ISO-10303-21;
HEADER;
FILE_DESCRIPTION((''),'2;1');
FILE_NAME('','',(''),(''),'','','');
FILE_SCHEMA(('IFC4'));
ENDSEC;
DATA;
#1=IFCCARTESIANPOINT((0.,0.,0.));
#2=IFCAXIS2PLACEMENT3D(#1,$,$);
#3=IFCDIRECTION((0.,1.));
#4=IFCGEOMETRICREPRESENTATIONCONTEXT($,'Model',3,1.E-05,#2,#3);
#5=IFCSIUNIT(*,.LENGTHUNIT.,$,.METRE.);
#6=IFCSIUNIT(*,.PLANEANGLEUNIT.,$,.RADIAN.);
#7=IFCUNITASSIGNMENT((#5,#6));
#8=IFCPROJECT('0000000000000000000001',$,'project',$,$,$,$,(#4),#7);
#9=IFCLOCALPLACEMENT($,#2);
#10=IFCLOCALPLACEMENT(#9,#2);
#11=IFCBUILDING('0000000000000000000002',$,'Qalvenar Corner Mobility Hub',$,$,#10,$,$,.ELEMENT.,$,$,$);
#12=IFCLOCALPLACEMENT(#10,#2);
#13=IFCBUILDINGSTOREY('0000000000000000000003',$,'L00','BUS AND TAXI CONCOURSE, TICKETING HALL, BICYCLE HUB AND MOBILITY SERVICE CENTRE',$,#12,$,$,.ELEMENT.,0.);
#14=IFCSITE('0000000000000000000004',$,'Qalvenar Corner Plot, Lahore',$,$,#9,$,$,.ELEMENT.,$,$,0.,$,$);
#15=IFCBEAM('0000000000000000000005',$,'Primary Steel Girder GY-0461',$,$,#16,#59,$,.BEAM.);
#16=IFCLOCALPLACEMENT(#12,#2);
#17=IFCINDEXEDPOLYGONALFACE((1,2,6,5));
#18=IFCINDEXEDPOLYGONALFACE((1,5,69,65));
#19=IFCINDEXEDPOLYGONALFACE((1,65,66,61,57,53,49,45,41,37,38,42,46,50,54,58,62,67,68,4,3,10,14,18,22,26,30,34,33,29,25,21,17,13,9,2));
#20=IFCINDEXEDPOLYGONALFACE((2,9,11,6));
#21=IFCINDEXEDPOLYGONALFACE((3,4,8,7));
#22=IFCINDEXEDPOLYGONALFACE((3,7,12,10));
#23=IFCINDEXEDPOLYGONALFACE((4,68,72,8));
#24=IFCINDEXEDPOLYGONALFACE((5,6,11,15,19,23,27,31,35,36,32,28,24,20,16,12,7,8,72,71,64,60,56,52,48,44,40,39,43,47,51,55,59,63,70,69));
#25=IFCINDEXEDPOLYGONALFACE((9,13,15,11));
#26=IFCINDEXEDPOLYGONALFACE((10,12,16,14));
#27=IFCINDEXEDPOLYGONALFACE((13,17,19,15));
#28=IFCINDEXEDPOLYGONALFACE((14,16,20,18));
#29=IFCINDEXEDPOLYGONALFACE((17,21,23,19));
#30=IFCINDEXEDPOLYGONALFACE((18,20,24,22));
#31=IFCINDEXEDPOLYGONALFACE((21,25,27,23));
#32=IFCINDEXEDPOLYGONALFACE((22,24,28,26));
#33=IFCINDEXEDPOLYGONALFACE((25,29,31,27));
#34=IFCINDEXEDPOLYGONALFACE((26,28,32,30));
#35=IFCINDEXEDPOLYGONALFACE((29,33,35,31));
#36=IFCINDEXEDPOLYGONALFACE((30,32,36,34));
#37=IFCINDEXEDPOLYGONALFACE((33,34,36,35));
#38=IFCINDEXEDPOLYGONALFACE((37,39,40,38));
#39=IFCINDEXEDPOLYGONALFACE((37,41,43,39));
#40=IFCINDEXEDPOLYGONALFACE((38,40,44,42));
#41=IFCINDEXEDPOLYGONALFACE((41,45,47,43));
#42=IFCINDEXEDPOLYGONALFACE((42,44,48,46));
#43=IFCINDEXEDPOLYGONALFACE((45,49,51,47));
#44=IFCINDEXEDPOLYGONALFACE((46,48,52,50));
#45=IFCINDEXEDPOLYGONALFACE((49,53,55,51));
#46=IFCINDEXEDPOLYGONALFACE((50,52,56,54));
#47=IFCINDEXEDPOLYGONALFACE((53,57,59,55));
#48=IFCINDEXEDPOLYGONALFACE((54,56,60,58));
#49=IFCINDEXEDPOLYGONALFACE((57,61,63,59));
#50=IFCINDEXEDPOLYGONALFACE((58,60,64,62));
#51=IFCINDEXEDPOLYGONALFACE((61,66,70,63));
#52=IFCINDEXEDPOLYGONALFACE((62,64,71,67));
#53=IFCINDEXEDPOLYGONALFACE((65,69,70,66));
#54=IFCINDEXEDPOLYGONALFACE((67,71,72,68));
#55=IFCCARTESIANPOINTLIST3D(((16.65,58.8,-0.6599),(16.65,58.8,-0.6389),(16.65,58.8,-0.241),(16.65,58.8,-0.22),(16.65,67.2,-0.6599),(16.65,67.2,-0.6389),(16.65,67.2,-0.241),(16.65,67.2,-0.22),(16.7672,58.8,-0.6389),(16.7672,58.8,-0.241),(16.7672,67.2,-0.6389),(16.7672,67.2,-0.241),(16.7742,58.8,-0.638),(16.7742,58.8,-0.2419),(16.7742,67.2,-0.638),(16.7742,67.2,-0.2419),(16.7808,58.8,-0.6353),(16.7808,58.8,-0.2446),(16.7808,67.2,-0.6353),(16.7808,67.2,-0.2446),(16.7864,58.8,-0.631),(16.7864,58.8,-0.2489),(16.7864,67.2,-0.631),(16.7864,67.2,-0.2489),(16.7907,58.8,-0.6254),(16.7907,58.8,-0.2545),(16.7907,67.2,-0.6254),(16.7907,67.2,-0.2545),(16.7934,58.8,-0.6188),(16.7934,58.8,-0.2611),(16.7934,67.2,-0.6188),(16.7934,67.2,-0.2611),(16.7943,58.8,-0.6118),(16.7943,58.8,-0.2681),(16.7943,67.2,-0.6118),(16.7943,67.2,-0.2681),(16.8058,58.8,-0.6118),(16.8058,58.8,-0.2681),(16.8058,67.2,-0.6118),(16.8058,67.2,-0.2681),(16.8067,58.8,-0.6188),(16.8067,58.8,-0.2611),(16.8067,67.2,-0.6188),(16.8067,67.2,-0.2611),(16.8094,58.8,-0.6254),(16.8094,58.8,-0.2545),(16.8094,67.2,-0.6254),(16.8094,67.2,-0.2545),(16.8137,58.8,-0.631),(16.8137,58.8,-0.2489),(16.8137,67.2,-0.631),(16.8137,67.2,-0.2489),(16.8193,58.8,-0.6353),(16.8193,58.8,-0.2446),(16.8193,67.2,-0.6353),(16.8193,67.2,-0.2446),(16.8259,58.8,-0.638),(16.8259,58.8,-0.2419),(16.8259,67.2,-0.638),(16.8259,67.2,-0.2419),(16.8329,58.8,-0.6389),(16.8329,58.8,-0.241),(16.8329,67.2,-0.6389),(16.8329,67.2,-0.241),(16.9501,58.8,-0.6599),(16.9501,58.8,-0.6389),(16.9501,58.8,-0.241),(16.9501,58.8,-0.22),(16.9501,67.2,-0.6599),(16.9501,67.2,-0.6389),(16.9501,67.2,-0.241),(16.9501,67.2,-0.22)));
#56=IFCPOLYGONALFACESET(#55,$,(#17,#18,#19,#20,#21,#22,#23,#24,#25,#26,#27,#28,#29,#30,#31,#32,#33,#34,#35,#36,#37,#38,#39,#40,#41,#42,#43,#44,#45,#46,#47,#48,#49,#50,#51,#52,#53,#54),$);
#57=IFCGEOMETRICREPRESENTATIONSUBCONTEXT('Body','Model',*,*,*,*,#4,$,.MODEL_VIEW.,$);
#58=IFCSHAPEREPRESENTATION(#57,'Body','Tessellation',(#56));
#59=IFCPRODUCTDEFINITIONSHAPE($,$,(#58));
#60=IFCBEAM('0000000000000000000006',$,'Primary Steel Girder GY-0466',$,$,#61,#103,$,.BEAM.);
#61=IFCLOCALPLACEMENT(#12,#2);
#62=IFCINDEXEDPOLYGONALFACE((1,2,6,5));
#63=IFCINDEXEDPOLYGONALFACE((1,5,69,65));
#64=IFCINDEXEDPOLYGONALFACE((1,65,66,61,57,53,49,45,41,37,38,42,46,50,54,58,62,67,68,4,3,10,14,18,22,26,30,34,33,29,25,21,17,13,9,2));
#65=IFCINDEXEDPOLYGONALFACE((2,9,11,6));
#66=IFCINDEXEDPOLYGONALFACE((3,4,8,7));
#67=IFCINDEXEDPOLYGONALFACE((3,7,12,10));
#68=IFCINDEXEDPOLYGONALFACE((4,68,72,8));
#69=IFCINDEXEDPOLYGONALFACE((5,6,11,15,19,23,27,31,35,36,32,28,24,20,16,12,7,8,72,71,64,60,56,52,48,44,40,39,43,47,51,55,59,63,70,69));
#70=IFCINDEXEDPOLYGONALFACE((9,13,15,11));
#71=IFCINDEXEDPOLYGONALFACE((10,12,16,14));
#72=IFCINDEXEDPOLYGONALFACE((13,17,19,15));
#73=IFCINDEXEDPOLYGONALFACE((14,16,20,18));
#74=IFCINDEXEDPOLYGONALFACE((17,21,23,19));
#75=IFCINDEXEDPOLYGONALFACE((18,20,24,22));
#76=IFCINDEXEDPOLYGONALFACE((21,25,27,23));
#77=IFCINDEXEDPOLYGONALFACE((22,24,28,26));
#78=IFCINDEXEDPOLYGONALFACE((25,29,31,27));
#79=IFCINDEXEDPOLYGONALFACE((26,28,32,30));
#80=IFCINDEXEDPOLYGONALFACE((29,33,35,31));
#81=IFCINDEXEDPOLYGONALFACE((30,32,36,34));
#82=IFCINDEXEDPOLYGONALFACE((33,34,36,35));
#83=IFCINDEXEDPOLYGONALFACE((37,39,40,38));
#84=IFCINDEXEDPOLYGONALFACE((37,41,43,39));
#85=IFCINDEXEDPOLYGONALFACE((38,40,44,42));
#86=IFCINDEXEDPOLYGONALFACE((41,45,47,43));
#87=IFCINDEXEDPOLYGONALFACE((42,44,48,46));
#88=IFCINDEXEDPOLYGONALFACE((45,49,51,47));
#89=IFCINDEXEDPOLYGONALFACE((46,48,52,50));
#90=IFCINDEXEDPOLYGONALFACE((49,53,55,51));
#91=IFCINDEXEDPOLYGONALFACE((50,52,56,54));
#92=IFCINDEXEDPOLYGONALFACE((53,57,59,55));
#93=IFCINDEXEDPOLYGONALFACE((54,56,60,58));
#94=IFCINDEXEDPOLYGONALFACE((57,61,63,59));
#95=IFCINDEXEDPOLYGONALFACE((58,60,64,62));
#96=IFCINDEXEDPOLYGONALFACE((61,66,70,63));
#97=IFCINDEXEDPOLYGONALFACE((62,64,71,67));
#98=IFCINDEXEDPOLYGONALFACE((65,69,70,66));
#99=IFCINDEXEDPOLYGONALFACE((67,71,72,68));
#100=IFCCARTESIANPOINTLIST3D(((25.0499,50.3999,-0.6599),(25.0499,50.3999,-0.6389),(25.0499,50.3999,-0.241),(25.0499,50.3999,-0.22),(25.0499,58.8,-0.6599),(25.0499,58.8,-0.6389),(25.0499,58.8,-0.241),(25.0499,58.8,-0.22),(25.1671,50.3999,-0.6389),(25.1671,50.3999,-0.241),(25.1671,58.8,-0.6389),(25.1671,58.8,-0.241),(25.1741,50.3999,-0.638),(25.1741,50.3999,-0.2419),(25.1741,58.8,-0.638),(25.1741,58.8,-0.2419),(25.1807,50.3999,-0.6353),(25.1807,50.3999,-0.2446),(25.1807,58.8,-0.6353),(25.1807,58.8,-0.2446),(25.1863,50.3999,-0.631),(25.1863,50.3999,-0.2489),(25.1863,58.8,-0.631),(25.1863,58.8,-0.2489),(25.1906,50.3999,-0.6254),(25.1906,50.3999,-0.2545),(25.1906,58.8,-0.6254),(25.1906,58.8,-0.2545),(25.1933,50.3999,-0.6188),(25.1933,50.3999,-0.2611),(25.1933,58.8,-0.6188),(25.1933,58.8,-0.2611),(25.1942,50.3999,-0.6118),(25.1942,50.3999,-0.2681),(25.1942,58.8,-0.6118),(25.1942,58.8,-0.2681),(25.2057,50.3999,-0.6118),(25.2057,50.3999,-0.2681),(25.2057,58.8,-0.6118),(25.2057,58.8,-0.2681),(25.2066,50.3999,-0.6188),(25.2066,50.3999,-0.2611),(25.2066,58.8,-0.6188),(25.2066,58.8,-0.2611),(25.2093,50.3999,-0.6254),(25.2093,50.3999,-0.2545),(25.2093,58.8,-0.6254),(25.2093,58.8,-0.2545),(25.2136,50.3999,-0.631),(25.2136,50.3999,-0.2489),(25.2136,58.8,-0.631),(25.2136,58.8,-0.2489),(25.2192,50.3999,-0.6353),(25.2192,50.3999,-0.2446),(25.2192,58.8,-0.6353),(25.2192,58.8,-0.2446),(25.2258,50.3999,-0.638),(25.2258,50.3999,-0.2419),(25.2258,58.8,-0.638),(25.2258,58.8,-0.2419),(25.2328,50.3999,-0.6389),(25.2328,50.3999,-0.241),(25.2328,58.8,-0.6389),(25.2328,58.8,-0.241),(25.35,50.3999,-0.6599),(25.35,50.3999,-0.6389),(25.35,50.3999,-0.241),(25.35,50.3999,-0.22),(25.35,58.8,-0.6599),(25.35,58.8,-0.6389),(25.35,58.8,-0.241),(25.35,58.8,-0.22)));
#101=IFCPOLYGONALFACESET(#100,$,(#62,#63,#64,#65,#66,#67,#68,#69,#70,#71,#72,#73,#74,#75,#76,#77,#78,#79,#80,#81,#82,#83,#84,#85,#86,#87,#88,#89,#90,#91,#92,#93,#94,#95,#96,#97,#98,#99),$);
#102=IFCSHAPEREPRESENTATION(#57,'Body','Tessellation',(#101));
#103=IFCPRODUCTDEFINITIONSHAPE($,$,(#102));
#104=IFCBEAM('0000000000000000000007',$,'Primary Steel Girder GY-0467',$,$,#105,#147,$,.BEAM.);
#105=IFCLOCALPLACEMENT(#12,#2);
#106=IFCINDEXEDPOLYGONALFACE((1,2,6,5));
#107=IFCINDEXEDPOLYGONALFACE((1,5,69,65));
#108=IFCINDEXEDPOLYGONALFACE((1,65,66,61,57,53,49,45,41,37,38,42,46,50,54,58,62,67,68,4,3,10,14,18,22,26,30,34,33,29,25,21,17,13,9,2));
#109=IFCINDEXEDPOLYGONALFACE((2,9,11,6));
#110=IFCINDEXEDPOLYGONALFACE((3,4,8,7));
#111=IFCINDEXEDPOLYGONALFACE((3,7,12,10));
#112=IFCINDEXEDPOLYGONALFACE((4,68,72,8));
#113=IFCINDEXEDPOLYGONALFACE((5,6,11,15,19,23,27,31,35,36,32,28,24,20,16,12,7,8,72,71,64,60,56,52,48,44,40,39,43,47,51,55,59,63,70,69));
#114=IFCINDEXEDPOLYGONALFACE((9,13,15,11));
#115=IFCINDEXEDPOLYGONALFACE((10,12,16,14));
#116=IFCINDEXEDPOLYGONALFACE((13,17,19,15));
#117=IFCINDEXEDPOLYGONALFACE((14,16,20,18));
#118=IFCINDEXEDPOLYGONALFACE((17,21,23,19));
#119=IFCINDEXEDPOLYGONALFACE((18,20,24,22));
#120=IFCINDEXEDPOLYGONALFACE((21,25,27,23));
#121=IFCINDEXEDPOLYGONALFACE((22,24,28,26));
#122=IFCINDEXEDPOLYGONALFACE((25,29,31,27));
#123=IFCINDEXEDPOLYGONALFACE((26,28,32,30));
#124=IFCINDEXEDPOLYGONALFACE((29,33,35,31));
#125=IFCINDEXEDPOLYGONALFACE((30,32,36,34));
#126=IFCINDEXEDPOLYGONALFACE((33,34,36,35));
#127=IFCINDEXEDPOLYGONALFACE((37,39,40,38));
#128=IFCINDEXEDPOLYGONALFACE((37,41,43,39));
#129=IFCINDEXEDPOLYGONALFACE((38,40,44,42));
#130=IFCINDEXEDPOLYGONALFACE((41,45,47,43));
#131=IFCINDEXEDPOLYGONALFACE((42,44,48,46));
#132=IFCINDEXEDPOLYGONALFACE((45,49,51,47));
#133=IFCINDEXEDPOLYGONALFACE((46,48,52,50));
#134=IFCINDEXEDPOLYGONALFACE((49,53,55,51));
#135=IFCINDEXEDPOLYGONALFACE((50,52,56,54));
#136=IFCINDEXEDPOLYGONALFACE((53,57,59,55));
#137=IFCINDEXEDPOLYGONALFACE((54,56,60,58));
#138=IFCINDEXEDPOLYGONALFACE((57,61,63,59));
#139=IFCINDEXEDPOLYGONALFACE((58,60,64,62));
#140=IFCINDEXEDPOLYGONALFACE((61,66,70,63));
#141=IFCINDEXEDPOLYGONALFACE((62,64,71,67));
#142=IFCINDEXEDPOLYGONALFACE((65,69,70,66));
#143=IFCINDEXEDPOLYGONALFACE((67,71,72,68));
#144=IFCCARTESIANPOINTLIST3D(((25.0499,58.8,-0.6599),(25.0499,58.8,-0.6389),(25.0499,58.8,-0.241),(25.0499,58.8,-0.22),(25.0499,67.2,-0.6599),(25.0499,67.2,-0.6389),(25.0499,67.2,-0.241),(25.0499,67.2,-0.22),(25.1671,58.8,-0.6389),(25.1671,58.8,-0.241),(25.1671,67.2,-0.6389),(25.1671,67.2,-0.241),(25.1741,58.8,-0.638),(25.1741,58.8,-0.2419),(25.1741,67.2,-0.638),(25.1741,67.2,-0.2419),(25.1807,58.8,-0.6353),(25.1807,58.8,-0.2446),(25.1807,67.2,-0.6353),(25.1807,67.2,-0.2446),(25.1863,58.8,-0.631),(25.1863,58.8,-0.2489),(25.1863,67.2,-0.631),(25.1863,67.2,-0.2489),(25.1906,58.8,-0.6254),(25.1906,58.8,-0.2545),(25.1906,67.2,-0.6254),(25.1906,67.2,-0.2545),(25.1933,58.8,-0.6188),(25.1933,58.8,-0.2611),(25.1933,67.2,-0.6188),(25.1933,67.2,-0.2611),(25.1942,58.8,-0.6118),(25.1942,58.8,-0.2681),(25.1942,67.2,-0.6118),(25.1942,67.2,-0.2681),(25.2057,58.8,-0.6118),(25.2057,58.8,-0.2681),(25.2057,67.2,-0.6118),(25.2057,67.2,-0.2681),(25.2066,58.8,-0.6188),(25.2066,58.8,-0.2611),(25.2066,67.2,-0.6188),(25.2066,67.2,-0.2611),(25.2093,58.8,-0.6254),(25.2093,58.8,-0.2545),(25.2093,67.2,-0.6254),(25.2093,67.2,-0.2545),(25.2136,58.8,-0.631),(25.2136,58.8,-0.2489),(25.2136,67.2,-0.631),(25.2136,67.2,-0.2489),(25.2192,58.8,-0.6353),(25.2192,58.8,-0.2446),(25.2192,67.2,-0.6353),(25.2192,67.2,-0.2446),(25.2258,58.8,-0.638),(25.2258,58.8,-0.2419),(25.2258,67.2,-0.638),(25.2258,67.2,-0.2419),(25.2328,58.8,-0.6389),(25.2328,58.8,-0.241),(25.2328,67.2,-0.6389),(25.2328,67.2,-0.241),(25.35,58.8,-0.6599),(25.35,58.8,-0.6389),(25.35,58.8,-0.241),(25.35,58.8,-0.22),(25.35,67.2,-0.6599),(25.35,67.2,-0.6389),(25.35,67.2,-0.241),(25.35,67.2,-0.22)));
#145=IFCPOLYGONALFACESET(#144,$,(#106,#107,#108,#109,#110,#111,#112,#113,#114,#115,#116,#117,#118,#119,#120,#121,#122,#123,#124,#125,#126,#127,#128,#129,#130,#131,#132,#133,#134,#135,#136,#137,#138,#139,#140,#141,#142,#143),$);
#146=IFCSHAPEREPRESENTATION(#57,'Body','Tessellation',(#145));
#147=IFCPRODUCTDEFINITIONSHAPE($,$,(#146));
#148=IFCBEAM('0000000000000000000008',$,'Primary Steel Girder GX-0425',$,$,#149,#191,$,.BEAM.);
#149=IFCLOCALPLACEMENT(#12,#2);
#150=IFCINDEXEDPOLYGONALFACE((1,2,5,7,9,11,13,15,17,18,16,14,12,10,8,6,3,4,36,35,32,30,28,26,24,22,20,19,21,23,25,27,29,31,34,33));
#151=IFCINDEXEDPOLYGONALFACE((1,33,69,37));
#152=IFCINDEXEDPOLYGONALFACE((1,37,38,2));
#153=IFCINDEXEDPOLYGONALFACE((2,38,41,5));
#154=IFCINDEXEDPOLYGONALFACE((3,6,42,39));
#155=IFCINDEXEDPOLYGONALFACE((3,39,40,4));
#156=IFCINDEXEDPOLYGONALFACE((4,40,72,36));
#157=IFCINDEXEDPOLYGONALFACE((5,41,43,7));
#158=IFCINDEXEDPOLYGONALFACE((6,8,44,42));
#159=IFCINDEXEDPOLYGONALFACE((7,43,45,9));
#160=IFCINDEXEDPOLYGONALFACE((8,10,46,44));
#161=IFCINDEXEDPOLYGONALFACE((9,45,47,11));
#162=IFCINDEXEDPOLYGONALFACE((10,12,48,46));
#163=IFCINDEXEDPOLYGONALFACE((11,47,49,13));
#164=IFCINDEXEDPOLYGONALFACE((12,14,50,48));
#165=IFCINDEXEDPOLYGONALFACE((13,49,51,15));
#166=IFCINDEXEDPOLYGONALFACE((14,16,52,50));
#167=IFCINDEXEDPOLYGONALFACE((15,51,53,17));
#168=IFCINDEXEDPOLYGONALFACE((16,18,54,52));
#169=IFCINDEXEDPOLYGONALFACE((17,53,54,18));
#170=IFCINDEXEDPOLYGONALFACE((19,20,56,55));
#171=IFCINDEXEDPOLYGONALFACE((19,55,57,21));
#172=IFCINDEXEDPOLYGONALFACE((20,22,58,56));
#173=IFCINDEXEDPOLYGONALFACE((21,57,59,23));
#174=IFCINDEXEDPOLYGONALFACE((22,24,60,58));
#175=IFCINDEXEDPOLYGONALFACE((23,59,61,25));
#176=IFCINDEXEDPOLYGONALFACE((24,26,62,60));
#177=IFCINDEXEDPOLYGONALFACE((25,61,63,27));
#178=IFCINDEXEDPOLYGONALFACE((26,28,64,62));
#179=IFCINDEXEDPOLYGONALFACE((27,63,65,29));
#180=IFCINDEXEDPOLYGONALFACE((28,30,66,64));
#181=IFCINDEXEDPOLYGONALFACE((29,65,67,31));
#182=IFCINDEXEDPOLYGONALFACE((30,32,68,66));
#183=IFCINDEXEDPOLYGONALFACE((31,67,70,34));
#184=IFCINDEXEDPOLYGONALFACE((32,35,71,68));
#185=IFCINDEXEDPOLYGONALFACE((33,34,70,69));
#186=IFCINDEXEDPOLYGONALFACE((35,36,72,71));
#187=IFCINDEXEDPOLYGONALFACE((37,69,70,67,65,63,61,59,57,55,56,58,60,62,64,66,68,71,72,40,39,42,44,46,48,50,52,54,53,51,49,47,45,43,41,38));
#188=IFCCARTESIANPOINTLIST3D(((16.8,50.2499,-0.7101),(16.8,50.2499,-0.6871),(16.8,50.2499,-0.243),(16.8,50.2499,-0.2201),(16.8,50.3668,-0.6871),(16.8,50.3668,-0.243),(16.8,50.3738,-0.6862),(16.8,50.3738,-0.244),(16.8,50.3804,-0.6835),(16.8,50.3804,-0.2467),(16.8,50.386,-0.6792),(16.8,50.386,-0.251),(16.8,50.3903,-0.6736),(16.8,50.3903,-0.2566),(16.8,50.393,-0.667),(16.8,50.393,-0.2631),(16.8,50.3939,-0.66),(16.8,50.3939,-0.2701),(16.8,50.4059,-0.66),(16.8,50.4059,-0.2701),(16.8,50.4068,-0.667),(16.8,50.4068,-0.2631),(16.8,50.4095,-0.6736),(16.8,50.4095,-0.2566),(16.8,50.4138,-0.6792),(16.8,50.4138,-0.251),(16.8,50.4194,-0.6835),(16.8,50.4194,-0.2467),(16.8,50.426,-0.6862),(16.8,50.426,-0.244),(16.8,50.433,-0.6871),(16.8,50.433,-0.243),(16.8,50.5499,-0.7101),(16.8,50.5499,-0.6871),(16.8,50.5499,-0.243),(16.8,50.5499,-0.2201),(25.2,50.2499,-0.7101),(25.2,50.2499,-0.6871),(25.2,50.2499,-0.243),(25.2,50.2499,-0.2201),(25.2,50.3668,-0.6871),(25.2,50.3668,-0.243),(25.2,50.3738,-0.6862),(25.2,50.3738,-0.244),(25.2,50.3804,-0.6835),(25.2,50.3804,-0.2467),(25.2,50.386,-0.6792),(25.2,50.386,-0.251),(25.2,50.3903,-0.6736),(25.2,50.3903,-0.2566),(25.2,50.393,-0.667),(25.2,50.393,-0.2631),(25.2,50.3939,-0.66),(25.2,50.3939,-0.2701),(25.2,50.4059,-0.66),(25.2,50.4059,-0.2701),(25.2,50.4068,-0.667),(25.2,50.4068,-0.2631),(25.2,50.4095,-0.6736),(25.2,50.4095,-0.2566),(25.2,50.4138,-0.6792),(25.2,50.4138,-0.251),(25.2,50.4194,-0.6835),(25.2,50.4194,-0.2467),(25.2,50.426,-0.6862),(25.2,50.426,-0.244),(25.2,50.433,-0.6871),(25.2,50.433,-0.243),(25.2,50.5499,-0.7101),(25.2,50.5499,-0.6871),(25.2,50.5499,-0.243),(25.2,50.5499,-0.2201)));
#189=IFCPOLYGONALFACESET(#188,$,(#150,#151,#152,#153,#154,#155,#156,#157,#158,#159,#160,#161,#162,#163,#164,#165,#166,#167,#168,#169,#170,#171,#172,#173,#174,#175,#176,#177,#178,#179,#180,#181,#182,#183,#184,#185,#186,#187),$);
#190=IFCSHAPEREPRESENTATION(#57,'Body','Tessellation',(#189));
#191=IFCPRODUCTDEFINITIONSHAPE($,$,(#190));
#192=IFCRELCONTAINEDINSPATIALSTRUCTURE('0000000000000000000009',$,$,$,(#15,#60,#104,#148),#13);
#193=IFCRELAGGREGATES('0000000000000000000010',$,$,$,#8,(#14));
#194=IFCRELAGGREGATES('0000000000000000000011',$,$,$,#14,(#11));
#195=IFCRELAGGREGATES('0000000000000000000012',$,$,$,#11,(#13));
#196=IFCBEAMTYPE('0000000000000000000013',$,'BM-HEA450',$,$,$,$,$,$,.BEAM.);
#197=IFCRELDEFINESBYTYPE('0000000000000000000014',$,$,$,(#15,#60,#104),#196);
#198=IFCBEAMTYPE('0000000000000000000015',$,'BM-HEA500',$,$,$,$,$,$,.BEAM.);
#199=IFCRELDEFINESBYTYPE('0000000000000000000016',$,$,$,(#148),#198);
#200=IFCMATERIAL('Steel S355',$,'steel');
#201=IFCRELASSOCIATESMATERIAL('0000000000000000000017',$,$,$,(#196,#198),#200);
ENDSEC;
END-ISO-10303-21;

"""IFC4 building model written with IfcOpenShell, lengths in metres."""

from ifc_helpers import new_model, si_unit, direction, frame, origin, origin_2d, place, context, subcontext, project, spatial, i_section, extrude, material, material_profile, profile_set, type_object, element, save


model = new_model("IFC4")

# Units and contexts
model_context = context("Model", 3, precision=1e-05, world=origin(), true_north=direction((0.0, 1.0)))
body_context = subcontext(model_context, "Body", "Model", "MODEL_VIEW")
ifc_project = project(units=[si_unit("LENGTHUNIT", "METRE"), si_unit("PLANEANGLEUNIT", "RADIAN")], contexts=[model_context])

# Site, building, storey
site_placement = place(None, origin())
site = spatial("IfcSite", under=ifc_project, at=site_placement, Name="Qalvenar Corner Plot, Lahore", CompositionType="ELEMENT", RefElevation=0.0)
building_placement = place(site_placement, origin())
building = spatial("IfcBuilding", under=site, at=building_placement, Name="Qalvenar Corner Mobility Hub", CompositionType="ELEMENT")
storey_placement = place(building_placement, origin())
storey = spatial("IfcBuildingStorey", under=building, at=storey_placement, Name="L00", Description="BUS AND TAXI CONCOURSE, TICKETING HALL, BICYCLE HUB AND MOBILITY SERVICE CENTRE", CompositionType="ELEMENT", Elevation=0.0)

# Shared definitions
ifc_material_1 = material(Name="Steel S355", Category="steel")

# Beams
ifc_material_profile_1 = material_profile(ifc_material_1, i_section(OverallWidth=0.3, OverallDepth=0.4399, WebThickness=0.0115, FlangeThickness=0.021, FilletRadius=0.0271, at=origin_2d()), Name="HEA450")
ifc_profile_set_1 = profile_set([ifc_material_profile_1], Name="Steel S355")
beam_type_1 = type_object("IfcBeamType", Name="BM-HEA450", PredefinedType="BEAM", material=ifc_profile_set_1)
beam_1_placement = place(storey_placement, frame((16.8, 58.8, -0.4399), z_axis=(0.0, 1.0, 0.0), x_axis=(-1.0, 0.0, 0.0)))
element("IfcBeam", 1, at=beam_1_placement, inside=storey, type_object=beam_type_1, Name="Primary Steel Girder GY-0461", PredefinedType="BEAM", context=body_context, shape_type="SweptSolid", body=[
    extrude(i_section(OverallWidth=0.3, OverallDepth=0.4399, WebThickness=0.0115, FlangeThickness=0.021, FilletRadius=0.0271, at=origin_2d()), origin(), (0.0, 0.0, 1.0), 8.3999),
])
beam_2_placement = place(storey_placement, frame((25.2, 50.3999, -0.4399), z_axis=(0.0, 1.0, 0.0), x_axis=(-1.0, 0.0, 0.0)))
element("IfcBeam", 2, at=beam_2_placement, inside=storey, type_object=beam_type_1, Name="Primary Steel Girder GY-0466", PredefinedType="BEAM", context=body_context, shape_type="SweptSolid", body=[
    extrude(i_section(OverallWidth=0.3, OverallDepth=0.4399, WebThickness=0.0115, FlangeThickness=0.021, FilletRadius=0.0271, at=origin_2d()), origin(), (0.0, 0.0, 1.0), 8.4001),
])
beam_3_placement = place(storey_placement, frame((25.2, 58.8, -0.4399), z_axis=(0.0, 1.0, 0.0), x_axis=(-1.0, 0.0, 0.0)))
element("IfcBeam", 3, at=beam_3_placement, inside=storey, type_object=beam_type_1, Name="Primary Steel Girder GY-0467", PredefinedType="BEAM", context=body_context, shape_type="SweptSolid", body=[
    extrude(i_section(OverallWidth=0.3, OverallDepth=0.4399, WebThickness=0.0115, FlangeThickness=0.021, FilletRadius=0.0271, at=origin_2d()), origin(), (0.0, 0.0, 1.0), 8.3999),
])
ifc_material_profile_2 = material_profile(ifc_material_1, i_section(OverallWidth=0.3, OverallDepth=0.49, WebThickness=0.012, FlangeThickness=0.0229, FilletRadius=0.0271, at=origin_2d()), Name="HEA500")
ifc_profile_set_2 = profile_set([ifc_material_profile_2], Name="Steel S355")
beam_type_2 = type_object("IfcBeamType", Name="BM-HEA500", PredefinedType="BEAM", material=ifc_profile_set_2)
beam_4_placement = place(storey_placement, frame((16.8, 50.3999, -0.4651), z_axis=(1.0, 0.0, 0.0), x_axis=(0.0, 1.0, 0.0)))
element("IfcBeam", 4, at=beam_4_placement, inside=storey, type_object=beam_type_2, Name="Primary Steel Girder GX-0425", PredefinedType="BEAM", context=body_context, shape_type="SweptSolid", body=[
    extrude(i_section(OverallWidth=0.3, OverallDepth=0.49, WebThickness=0.012, FlangeThickness=0.0229, FilletRadius=0.0271, at=origin_2d()), origin(), (0.0, 0.0, 1.0), 8.3999),
])

save(model, "model.ifc")
